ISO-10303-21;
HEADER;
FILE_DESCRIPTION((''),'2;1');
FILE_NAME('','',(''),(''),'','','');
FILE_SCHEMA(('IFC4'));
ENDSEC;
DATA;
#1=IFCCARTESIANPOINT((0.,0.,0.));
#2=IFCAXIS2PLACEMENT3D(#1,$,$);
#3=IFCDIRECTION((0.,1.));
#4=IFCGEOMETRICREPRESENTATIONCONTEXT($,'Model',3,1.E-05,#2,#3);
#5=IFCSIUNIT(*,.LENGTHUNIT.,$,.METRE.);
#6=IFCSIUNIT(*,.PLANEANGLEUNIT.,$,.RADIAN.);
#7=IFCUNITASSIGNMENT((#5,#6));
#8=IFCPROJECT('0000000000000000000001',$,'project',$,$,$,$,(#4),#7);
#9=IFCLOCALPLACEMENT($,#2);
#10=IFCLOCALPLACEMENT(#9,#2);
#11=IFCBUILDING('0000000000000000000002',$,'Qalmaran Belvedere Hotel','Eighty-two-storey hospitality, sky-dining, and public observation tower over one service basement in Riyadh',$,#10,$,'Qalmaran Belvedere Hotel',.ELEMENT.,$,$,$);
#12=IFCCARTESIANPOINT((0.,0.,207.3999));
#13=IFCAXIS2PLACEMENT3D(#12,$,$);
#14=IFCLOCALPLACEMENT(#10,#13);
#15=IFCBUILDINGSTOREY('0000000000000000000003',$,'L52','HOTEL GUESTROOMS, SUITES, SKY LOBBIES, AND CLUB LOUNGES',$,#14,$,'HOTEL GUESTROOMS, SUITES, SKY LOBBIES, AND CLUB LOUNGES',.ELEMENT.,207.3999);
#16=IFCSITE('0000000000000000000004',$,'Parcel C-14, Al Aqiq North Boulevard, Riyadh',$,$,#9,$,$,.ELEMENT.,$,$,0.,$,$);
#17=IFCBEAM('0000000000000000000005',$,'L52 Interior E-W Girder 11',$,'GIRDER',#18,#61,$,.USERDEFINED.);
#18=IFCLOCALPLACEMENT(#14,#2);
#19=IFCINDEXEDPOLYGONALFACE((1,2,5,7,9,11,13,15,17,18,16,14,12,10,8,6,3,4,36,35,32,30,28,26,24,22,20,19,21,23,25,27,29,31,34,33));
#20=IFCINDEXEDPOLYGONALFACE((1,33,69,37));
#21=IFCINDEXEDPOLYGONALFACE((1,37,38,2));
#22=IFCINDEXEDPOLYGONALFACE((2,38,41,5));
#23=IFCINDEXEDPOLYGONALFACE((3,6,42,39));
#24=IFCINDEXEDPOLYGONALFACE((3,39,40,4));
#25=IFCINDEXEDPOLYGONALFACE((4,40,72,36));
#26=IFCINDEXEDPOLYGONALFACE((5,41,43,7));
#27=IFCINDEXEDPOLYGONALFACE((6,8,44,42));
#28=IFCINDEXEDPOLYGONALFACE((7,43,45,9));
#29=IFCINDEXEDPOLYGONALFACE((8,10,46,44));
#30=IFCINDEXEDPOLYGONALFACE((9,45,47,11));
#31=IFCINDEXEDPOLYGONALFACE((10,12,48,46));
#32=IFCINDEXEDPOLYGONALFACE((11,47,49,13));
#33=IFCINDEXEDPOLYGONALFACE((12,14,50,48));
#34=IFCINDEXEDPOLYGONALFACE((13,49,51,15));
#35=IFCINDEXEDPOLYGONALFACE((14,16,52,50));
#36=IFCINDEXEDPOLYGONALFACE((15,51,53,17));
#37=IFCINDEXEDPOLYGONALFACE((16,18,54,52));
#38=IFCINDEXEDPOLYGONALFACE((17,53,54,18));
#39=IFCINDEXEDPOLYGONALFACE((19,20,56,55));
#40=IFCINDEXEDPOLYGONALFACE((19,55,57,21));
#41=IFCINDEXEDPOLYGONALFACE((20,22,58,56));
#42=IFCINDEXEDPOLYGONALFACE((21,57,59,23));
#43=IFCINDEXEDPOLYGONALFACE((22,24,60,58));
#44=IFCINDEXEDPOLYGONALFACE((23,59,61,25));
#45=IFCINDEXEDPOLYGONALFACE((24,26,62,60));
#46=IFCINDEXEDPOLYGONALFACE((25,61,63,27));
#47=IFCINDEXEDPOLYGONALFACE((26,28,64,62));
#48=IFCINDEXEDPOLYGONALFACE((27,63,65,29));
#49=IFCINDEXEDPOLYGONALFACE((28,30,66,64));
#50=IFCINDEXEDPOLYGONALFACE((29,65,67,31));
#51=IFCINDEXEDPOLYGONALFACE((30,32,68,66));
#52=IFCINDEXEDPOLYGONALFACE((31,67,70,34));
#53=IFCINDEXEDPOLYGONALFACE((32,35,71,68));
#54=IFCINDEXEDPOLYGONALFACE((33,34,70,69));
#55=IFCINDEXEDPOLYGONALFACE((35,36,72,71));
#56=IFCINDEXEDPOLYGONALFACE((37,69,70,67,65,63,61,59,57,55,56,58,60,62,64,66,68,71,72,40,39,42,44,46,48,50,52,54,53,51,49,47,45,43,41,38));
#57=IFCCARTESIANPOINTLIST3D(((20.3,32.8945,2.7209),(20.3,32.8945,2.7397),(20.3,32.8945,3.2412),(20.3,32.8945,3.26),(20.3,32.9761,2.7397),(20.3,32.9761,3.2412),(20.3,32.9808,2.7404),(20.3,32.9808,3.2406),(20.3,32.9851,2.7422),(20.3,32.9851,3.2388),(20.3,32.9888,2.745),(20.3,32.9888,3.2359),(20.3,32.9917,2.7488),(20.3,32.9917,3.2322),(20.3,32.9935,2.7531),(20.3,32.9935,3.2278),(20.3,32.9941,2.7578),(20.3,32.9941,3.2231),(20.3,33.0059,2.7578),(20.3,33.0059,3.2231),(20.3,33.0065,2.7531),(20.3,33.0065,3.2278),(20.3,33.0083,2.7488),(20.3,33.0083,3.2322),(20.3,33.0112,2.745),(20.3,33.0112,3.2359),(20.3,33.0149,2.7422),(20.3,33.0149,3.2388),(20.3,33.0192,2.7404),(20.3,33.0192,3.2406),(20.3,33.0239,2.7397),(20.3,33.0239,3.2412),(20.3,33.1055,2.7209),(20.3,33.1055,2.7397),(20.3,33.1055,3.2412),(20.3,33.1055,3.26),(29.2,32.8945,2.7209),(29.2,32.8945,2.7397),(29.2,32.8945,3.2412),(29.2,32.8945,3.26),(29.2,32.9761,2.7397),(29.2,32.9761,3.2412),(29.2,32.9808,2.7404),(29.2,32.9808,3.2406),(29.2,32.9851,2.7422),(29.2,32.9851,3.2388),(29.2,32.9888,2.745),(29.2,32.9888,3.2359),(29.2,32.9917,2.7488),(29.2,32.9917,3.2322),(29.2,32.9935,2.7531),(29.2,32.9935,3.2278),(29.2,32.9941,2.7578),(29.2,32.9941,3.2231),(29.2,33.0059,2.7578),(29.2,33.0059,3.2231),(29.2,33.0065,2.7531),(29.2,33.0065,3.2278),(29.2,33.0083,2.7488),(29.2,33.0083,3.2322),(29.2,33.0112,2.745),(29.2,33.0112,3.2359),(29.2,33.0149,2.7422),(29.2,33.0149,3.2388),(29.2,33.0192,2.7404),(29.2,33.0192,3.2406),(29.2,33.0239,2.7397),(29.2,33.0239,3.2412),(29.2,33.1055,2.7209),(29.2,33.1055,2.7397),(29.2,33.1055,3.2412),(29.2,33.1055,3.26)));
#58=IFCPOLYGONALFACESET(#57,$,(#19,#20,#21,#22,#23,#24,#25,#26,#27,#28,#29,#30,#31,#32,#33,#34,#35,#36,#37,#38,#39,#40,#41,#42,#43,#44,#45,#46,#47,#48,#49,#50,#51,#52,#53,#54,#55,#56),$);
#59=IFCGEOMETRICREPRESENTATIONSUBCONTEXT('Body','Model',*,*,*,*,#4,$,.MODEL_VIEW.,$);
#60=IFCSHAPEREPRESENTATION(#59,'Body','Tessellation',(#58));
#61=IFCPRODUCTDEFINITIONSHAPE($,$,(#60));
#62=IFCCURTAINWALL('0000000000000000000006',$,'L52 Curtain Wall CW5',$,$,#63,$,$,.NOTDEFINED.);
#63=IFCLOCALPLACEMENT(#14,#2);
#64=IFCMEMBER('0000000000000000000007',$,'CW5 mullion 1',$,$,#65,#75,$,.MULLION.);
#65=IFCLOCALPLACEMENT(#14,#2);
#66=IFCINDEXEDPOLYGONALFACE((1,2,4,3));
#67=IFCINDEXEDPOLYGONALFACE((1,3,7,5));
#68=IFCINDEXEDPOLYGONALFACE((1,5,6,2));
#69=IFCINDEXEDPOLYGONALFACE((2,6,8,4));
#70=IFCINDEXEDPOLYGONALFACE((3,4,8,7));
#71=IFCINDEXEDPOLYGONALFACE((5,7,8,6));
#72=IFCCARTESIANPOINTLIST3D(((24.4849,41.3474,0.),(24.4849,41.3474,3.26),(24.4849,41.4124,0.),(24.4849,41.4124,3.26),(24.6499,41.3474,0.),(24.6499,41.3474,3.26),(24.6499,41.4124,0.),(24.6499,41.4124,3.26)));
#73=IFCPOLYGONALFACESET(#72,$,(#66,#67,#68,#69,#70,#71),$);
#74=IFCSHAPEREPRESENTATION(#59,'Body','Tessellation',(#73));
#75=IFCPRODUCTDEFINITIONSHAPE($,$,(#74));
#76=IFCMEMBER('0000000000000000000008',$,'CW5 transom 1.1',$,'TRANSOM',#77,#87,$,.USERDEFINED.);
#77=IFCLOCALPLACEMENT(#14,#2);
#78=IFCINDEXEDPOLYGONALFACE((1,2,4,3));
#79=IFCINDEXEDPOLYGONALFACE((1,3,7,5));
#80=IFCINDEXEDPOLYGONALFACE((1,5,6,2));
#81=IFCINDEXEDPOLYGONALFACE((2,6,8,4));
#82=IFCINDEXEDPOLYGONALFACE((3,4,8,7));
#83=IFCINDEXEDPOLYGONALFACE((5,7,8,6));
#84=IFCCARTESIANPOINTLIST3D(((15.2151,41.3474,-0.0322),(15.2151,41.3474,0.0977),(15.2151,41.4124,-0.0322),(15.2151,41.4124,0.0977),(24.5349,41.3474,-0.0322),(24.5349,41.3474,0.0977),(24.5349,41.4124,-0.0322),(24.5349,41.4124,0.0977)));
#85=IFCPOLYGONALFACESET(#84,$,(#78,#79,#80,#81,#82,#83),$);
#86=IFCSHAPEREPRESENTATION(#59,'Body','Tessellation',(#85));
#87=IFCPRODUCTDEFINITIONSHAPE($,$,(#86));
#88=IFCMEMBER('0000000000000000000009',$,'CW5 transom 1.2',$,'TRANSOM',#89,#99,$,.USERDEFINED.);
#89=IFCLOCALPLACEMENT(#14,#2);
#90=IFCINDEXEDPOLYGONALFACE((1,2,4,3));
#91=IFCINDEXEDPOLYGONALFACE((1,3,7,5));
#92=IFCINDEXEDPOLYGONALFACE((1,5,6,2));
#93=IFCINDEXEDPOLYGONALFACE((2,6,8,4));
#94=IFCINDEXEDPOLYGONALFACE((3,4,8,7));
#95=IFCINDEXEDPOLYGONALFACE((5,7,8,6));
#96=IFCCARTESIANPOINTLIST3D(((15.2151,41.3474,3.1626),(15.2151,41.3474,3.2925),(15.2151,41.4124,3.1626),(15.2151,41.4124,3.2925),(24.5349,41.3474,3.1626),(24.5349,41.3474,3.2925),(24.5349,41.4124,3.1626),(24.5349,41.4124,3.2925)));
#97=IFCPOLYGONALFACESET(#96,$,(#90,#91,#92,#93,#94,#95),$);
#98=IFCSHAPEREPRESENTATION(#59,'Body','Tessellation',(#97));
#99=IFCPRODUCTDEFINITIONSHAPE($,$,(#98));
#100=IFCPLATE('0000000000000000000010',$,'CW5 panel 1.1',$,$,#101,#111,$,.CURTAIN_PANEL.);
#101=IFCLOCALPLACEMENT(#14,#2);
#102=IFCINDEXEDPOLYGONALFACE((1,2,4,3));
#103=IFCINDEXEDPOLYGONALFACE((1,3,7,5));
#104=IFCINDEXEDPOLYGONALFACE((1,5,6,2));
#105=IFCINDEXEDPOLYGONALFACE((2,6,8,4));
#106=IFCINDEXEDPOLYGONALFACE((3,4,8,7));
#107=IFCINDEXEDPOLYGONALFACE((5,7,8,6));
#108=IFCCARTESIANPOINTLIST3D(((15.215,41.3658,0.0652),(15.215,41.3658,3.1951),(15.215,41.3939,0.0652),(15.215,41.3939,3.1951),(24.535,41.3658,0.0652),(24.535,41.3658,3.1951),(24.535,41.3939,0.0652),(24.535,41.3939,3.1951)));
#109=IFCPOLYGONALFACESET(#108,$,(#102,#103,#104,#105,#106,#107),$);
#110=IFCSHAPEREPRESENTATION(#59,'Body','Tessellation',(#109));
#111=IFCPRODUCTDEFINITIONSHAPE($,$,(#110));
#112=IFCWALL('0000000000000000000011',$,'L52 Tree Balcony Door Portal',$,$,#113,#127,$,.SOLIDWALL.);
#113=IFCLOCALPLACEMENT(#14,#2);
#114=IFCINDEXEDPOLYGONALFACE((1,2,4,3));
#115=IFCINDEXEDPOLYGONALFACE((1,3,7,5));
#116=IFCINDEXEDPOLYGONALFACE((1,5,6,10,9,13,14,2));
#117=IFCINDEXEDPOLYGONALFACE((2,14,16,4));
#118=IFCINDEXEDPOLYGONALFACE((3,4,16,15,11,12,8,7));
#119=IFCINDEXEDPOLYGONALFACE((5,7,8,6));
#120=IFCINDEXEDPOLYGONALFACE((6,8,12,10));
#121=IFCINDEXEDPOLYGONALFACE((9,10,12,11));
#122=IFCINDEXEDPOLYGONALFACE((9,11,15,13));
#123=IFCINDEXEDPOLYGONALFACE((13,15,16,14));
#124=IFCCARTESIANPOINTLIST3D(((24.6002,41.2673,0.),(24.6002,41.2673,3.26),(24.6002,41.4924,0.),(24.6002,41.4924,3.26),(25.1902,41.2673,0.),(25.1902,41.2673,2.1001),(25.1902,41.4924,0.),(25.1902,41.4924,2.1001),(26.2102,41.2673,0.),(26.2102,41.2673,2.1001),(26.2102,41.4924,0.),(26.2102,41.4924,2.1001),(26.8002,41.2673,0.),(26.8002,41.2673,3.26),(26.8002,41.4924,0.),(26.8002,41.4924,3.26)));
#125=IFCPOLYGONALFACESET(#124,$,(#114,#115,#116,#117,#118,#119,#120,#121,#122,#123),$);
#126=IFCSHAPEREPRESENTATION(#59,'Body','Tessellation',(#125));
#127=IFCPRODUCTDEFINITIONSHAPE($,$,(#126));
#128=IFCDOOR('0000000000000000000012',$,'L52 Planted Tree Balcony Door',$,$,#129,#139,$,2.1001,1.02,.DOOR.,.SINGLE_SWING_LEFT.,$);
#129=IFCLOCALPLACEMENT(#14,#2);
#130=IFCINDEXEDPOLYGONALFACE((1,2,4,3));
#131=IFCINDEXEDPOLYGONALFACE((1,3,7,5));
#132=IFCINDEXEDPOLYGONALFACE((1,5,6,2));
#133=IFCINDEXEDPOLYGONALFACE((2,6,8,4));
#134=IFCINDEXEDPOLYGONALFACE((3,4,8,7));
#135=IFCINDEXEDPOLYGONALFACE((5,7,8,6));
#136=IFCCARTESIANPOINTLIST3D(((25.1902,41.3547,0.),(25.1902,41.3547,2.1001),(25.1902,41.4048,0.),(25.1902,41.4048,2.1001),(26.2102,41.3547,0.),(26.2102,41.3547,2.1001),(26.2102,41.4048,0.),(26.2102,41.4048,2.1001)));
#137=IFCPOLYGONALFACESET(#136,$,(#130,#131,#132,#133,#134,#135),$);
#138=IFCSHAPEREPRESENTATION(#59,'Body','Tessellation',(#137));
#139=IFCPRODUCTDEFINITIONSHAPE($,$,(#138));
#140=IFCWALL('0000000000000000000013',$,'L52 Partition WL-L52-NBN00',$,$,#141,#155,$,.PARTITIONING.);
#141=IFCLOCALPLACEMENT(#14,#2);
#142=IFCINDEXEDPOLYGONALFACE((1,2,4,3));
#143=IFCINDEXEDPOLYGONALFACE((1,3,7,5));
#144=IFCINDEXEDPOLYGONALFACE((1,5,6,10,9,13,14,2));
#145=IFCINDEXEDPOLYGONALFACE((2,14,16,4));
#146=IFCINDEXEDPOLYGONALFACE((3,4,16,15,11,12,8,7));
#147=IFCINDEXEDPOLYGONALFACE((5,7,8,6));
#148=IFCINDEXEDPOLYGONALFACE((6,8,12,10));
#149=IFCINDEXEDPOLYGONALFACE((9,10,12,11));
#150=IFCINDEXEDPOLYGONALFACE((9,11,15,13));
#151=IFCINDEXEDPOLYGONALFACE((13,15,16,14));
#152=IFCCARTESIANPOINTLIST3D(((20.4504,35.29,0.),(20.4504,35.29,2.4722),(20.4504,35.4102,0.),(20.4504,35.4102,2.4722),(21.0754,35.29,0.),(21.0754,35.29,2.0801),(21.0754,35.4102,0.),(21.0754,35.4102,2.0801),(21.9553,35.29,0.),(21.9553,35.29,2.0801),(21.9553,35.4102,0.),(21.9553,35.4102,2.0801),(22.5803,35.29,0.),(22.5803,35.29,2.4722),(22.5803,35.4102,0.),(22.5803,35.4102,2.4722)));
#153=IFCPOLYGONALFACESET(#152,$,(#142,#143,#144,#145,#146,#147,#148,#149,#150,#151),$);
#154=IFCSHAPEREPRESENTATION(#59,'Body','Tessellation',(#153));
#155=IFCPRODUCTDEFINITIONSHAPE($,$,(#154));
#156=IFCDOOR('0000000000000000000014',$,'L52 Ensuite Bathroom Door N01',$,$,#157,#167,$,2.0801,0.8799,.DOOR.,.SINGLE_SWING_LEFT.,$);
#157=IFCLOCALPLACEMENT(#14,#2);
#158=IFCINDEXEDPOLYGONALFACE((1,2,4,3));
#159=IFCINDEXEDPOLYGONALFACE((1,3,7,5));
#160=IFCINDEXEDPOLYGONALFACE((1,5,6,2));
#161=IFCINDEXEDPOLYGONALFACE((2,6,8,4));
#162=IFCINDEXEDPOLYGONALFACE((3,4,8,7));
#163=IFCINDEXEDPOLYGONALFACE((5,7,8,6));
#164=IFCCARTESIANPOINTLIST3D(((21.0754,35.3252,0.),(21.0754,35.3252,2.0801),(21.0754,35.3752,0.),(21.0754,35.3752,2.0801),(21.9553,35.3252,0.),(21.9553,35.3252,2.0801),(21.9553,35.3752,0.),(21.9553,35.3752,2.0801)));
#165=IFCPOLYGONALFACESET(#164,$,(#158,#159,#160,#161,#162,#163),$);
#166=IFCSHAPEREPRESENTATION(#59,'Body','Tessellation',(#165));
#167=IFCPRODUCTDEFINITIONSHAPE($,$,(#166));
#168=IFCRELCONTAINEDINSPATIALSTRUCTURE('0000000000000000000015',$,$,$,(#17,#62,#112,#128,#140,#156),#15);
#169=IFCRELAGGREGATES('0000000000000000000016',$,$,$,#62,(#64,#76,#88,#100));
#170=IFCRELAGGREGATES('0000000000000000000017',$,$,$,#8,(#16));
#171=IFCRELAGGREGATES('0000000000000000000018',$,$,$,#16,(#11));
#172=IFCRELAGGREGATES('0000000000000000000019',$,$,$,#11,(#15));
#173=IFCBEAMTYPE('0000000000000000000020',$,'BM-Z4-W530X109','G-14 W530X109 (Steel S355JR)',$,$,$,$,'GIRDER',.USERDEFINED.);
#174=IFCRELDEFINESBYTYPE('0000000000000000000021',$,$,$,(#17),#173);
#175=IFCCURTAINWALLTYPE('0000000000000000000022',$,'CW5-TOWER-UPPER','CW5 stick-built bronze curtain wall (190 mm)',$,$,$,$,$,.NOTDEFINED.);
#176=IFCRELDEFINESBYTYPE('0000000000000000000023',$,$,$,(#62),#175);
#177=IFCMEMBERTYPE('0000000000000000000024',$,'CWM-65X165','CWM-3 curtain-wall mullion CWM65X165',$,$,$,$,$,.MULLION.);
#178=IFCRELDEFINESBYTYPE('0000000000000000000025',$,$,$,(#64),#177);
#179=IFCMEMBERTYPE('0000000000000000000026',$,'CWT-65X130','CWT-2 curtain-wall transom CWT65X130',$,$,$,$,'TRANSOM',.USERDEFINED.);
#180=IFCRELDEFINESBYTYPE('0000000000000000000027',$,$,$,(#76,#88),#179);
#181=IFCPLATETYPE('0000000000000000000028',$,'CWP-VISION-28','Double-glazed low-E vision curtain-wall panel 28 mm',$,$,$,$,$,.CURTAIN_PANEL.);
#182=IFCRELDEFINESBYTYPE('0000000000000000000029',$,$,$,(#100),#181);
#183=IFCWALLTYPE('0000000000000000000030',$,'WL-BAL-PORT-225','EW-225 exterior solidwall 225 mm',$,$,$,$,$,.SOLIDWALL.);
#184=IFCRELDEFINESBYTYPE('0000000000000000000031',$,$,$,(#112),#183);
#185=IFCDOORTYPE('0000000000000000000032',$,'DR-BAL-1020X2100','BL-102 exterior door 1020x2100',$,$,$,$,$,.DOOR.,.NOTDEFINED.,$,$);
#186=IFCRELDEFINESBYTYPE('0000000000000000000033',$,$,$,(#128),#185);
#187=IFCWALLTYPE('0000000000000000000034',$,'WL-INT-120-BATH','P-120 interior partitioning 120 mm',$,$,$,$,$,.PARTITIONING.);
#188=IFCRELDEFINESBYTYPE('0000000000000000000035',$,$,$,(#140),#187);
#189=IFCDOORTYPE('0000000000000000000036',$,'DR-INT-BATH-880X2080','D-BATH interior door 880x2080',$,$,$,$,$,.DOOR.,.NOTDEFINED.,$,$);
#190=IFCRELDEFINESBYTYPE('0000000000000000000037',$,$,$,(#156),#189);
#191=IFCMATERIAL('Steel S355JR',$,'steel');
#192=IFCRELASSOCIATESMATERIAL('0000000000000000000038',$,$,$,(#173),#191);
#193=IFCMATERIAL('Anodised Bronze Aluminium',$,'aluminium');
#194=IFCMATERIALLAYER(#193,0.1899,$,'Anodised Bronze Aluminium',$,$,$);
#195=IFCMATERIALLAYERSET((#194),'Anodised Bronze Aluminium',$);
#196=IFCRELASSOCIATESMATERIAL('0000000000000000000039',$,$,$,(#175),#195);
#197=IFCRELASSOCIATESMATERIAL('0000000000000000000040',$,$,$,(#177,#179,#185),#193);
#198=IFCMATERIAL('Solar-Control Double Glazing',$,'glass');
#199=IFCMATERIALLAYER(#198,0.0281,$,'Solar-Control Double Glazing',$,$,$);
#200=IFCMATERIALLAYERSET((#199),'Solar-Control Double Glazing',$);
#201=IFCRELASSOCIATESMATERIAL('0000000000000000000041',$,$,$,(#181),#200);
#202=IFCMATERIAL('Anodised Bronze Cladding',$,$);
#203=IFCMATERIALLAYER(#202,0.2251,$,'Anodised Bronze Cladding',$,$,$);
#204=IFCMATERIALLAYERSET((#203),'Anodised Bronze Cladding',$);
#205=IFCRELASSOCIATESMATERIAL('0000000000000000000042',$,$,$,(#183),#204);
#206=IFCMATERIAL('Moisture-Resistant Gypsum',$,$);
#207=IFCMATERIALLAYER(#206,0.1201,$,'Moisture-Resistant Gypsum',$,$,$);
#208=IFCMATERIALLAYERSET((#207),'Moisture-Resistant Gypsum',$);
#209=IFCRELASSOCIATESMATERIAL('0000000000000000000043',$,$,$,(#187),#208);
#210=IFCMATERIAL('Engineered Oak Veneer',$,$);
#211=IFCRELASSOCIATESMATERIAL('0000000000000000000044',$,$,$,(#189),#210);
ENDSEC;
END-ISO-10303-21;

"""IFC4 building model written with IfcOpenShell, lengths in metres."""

from ifc_helpers import new_model, si_unit, direction, frame, frame_2d, origin, origin_2d, place, context, subcontext, project, spatial, rectangle, i_section, extrude, material, layer, layer_set, material_profile, profile_set, type_object, element, fill, aggregate, save


model = new_model("IFC4")

# Units and contexts
model_context = context("Model", 3, precision=1e-05, world=origin(), true_north=direction((0.0, 1.0)))
body_context = subcontext(model_context, "Body", "Model", "MODEL_VIEW")
ifc_project = project(units=[si_unit("LENGTHUNIT", "METRE"), si_unit("PLANEANGLEUNIT", "RADIAN")], contexts=[model_context])

# Site, building, storey
site_placement = place(None, origin())
site = spatial("IfcSite", under=ifc_project, at=site_placement, Name="Parcel C-14, Al Aqiq North Boulevard, Riyadh", CompositionType="ELEMENT", RefElevation=0.0)
building_placement = place(site_placement, origin())
building = spatial("IfcBuilding", under=site, at=building_placement, Name="Qalmaran Belvedere Hotel", Description="Eighty-two-storey hospitality, sky-dining, and public observation tower over one service basement in Riyadh", LongName="Qalmaran Belvedere Hotel", CompositionType="ELEMENT")
storey_placement = place(building_placement, frame((0.0, 0.0, 207.3999)))
storey = spatial("IfcBuildingStorey", under=building, at=storey_placement, Name="L52", Description="HOTEL GUESTROOMS, SUITES, SKY LOBBIES, AND CLUB LOUNGES", LongName="HOTEL GUESTROOMS, SUITES, SKY LOBBIES, AND CLUB LOUNGES", CompositionType="ELEMENT", Elevation=207.3999)

# Beam
ifc_material_1 = material(Name="Steel S355JR", Category="steel")
ifc_material_profile_1 = material_profile(ifc_material_1, i_section(OverallWidth=0.2109, OverallDepth=0.5391, WebThickness=0.0117, FlangeThickness=0.0188, FilletRadius=0.0181, at=origin_2d()), Name="W530X109")
ifc_profile_set_1 = profile_set([ifc_material_profile_1], Name="Steel S355JR")
beam_type_1 = type_object("IfcBeamType", Name="BM-Z4-W530X109", Description="G-14 W530X109 (Steel S355JR)", ElementType="GIRDER", PredefinedType="USERDEFINED", material=ifc_profile_set_1)
beam_1_placement = place(storey_placement, frame((20.3, 33.0, 2.9905), z_axis=(1.0, 0.0, 0.0), x_axis=(0.0, 1.0, 0.0)))
element("IfcBeam", 1, at=beam_1_placement, inside=storey, type_object=beam_type_1, Name="L52 Interior E-W Girder 11", ObjectType="GIRDER", PredefinedType="USERDEFINED", context=body_context, shape_type="SweptSolid", body=[
    extrude(i_section(OverallWidth=0.2109, OverallDepth=0.5391, WebThickness=0.0117, FlangeThickness=0.0188, FilletRadius=0.0181, at=origin_2d()), origin(), (0.0, 0.0, 1.0), 8.8999),
])

# Curtain wall, members, plate
ifc_material_2 = material(Name="Anodised Bronze Aluminium", Category="aluminium")
ifc_layer_1 = layer(ifc_material_2, 0.1899, Name="Anodised Bronze Aluminium")
ifc_layer_set_1 = layer_set([ifc_layer_1], Name="Anodised Bronze Aluminium")
curtain_wall_type = type_object("IfcCurtainWallType", Name="CW5-TOWER-UPPER", Description="CW5 stick-built bronze curtain wall (190 mm)", PredefinedType="NOTDEFINED", material=ifc_layer_set_1)
curtain_wall_placement = place(storey_placement, origin())
curtain_wall = element("IfcCurtainWall", 2, at=curtain_wall_placement, inside=storey, type_object=curtain_wall_type, Name="L52 Curtain Wall CW5", PredefinedType="NOTDEFINED")
ifc_material_profile_2 = material_profile(ifc_material_2, rectangle(XDim=0.0649, YDim=0.165, at=origin_2d()), Name="CWM65X165")
ifc_profile_set_2 = profile_set([ifc_material_profile_2], Name="Anodised Bronze Aluminium")
member_type_1 = type_object("IfcMemberType", Name="CWM-65X165", Description="CWM-3 curtain-wall mullion CWM65X165", PredefinedType="MULLION", material=ifc_profile_set_2)
member_1_placement = place(storey_placement, frame((24.5674, 41.3799, 0.0), z_axis=(0.0, 0.0, 1.0), x_axis=(0.0, -1.0, 0.0)))
member_1 = element("IfcMember", 3, at=member_1_placement, type_object=member_type_1, Name="CW5 mullion 1", PredefinedType="MULLION", context=body_context, shape_type="SweptSolid", body=[
    extrude(rectangle(XDim=0.0649, YDim=0.165, at=origin_2d()), origin(), (0.0, 0.0, 1.0), 3.26),
])
ifc_material_profile_3 = material_profile(ifc_material_2, rectangle(XDim=0.0649, YDim=0.1299, at=origin_2d()), Name="CWT65X130")
ifc_profile_set_3 = profile_set([ifc_material_profile_3], Name="Anodised Bronze Aluminium")
member_type_2 = type_object("IfcMemberType", Name="CWT-65X130", Description="CWT-2 curtain-wall transom CWT65X130", ElementType="TRANSOM", PredefinedType="USERDEFINED", material=ifc_profile_set_3)
member_2_placement = place(storey_placement, frame((24.5349, 41.3799, 0.0327), z_axis=(-1.0, 0.0, 0.0), x_axis=(0.0, -1.0, 0.0)))
member_2 = element("IfcMember", 4, at=member_2_placement, type_object=member_type_2, Name="CW5 transom 1.1", ObjectType="TRANSOM", PredefinedType="USERDEFINED", context=body_context, shape_type="SweptSolid", body=[
    extrude(rectangle(XDim=0.0649, YDim=0.1299, at=origin_2d()), origin(), (0.0, 0.0, 1.0), 9.3198),
])
member_3_placement = place(storey_placement, frame((24.5349, 41.3799, 3.2275), z_axis=(-1.0, 0.0, 0.0), x_axis=(0.0, -1.0, 0.0)))
member_3 = element("IfcMember", 5, at=member_3_placement, type_object=member_type_2, Name="CW5 transom 1.2", ObjectType="TRANSOM", PredefinedType="USERDEFINED", context=body_context, shape_type="SweptSolid", body=[
    extrude(rectangle(XDim=0.0649, YDim=0.1299, at=origin_2d()), origin(), (0.0, 0.0, 1.0), 9.3198),
])
ifc_material_3 = material(Name="Solar-Control Double Glazing", Category="glass")
ifc_layer_2 = layer(ifc_material_3, 0.0281, Name="Solar-Control Double Glazing")
ifc_layer_set_2 = layer_set([ifc_layer_2], Name="Solar-Control Double Glazing")
plate_type = type_object("IfcPlateType", Name="CWP-VISION-28", Description="Double-glazed low-E vision curtain-wall panel 28 mm", PredefinedType="CURTAIN_PANEL", material=ifc_layer_set_2)
plate_placement = place(storey_placement, frame((19.875, 41.3799, 0.0652), z_axis=(0.0, 0.0, 1.0), x_axis=(-1.0, 0.0, 0.0)))
plate = element("IfcPlate", 6, at=plate_placement, type_object=plate_type, Name="CW5 panel 1.1", PredefinedType="CURTAIN_PANEL", context=body_context, shape_type="SweptSolid", body=[
    extrude(rectangle(XDim=9.3201, YDim=0.0281, at=origin_2d()), origin(), (0.0, 0.0, 1.0), 3.1299),
])
aggregate(curtain_wall, [member_1, member_2, member_3, plate])

# Walls, openings, doors
ifc_material_4 = material(Name="Anodised Bronze Cladding")
ifc_layer_3 = layer(ifc_material_4, 0.2251, Name="Anodised Bronze Cladding")
ifc_layer_set_3 = layer_set([ifc_layer_3], Name="Anodised Bronze Cladding")
wall_type_1 = type_object("IfcWallType", Name="WL-BAL-PORT-225", Description="EW-225 exterior solidwall 225 mm", PredefinedType="SOLIDWALL", material=ifc_layer_set_3)
wall_1_placement = place(storey_placement, frame((24.6001, 41.3799, 0.0), z_axis=(0.0, 0.0, 1.0), x_axis=(1.0, 0.0, 0.0)))
wall_1 = element("IfcWall", 7, at=wall_1_placement, inside=storey, type_object=wall_type_1, Name="L52 Tree Balcony Door Portal", PredefinedType="SOLIDWALL", context=body_context, shape_type="SweptSolid", body=[
    extrude(rectangle(XDim=2.2, YDim=0.2251, at=frame_2d((1.1001, 0.0))), origin(), (0.0, 0.0, 1.0), 3.26),
])
opening_1_placement = place(wall_1_placement, frame((0.5901, 0.0, 0.0)))
opening_1 = element("IfcOpeningElement", 8, at=opening_1_placement, cuts=wall_1, PredefinedType="OPENING", context=body_context, shape_type="SweptSolid", body=[
    extrude(rectangle(XDim=1.02, YDim=2.1001, at=frame_2d((0.51, 1.05))), frame((0.0, 0.1226, 0.0), z_axis=(0.0, -1.0, 0.0), x_axis=(1.0, 0.0, 0.0)), (0.0, 0.0, 1.0), 0.2451),
])
door_type_1 = type_object("IfcDoorType", Name="DR-BAL-1020X2100", Description="BL-102 exterior door 1020x2100", OperationType="NOTDEFINED", PredefinedType="DOOR", material=ifc_material_2)
door_1_placement = place(opening_1_placement, origin())
door_1 = element("IfcDoor", 9, at=door_1_placement, inside=storey, type_object=door_type_1, Name="L52 Planted Tree Balcony Door", OperationType="SINGLE_SWING_LEFT", OverallHeight=2.1001, OverallWidth=1.02, PredefinedType="DOOR", context=body_context, shape_type="SweptSolid", body=[
    extrude(rectangle(XDim=1.02, YDim=2.1001, at=frame_2d((0.51, 1.05))), frame((0.0, 0.0249, 0.0), z_axis=(0.0, -1.0, 0.0), x_axis=(1.0, 0.0, 0.0)), (0.0, 0.0, 1.0), 0.05),
])
fill(opening_1, door_1)
ifc_material_5 = material(Name="Moisture-Resistant Gypsum")
ifc_layer_4 = layer(ifc_material_5, 0.1201, Name="Moisture-Resistant Gypsum")
ifc_layer_set_4 = layer_set([ifc_layer_4], Name="Moisture-Resistant Gypsum")
wall_type_2 = type_object("IfcWallType", Name="WL-INT-120-BATH", Description="P-120 interior partitioning 120 mm", PredefinedType="PARTITIONING", material=ifc_layer_set_4)
wall_2_placement = place(storey_placement, frame((20.4504, 35.3501, 0.0), z_axis=(0.0, 0.0, 1.0), x_axis=(1.0, 0.0, 0.0)))
wall_2 = element("IfcWall", 10, at=wall_2_placement, inside=storey, type_object=wall_type_2, Name="L52 Partition WL-L52-NBN00", PredefinedType="PARTITIONING", context=body_context, shape_type="SweptSolid", body=[
    extrude(rectangle(XDim=2.1299, YDim=0.1201, at=frame_2d((1.0649, 0.0))), origin(), (0.0, 0.0, 1.0), 2.4722),
])
opening_2_placement = place(wall_2_placement, frame((1.5049, 0.0, 0.0), z_axis=(0.0, 0.0, 1.0), x_axis=(-1.0, 0.0, 0.0)))
opening_2 = element("IfcOpeningElement", 11, at=opening_2_placement, cuts=wall_2, PredefinedType="OPENING", context=body_context, shape_type="SweptSolid", body=[
    extrude(rectangle(XDim=0.8799, YDim=2.0801, at=frame_2d((0.4399, 1.04))), frame((0.0, 0.0701, 0.0), z_axis=(0.0, -1.0, 0.0), x_axis=(1.0, 0.0, 0.0)), (0.0, 0.0, 1.0), 0.1401),
])
ifc_material_6 = material(Name="Engineered Oak Veneer")
door_type_2 = type_object("IfcDoorType", Name="DR-INT-BATH-880X2080", Description="D-BATH interior door 880x2080", OperationType="NOTDEFINED", PredefinedType="DOOR", material=ifc_material_6)
door_2_placement = place(opening_2_placement, origin())
door_2 = element("IfcDoor", 12, at=door_2_placement, inside=storey, type_object=door_type_2, Name="L52 Ensuite Bathroom Door N01", OperationType="SINGLE_SWING_LEFT", OverallHeight=2.0801, OverallWidth=0.8799, PredefinedType="DOOR", context=body_context, shape_type="SweptSolid", body=[
    extrude(rectangle(XDim=0.8799, YDim=2.0801, at=frame_2d((0.4399, 1.04))), frame((0.0, 0.0249, 0.0), z_axis=(0.0, -1.0, 0.0), x_axis=(1.0, 0.0, 0.0)), (0.0, 0.0, 1.0), 0.05),
])
fill(opening_2, door_2)

save(model, "model.ifc")
